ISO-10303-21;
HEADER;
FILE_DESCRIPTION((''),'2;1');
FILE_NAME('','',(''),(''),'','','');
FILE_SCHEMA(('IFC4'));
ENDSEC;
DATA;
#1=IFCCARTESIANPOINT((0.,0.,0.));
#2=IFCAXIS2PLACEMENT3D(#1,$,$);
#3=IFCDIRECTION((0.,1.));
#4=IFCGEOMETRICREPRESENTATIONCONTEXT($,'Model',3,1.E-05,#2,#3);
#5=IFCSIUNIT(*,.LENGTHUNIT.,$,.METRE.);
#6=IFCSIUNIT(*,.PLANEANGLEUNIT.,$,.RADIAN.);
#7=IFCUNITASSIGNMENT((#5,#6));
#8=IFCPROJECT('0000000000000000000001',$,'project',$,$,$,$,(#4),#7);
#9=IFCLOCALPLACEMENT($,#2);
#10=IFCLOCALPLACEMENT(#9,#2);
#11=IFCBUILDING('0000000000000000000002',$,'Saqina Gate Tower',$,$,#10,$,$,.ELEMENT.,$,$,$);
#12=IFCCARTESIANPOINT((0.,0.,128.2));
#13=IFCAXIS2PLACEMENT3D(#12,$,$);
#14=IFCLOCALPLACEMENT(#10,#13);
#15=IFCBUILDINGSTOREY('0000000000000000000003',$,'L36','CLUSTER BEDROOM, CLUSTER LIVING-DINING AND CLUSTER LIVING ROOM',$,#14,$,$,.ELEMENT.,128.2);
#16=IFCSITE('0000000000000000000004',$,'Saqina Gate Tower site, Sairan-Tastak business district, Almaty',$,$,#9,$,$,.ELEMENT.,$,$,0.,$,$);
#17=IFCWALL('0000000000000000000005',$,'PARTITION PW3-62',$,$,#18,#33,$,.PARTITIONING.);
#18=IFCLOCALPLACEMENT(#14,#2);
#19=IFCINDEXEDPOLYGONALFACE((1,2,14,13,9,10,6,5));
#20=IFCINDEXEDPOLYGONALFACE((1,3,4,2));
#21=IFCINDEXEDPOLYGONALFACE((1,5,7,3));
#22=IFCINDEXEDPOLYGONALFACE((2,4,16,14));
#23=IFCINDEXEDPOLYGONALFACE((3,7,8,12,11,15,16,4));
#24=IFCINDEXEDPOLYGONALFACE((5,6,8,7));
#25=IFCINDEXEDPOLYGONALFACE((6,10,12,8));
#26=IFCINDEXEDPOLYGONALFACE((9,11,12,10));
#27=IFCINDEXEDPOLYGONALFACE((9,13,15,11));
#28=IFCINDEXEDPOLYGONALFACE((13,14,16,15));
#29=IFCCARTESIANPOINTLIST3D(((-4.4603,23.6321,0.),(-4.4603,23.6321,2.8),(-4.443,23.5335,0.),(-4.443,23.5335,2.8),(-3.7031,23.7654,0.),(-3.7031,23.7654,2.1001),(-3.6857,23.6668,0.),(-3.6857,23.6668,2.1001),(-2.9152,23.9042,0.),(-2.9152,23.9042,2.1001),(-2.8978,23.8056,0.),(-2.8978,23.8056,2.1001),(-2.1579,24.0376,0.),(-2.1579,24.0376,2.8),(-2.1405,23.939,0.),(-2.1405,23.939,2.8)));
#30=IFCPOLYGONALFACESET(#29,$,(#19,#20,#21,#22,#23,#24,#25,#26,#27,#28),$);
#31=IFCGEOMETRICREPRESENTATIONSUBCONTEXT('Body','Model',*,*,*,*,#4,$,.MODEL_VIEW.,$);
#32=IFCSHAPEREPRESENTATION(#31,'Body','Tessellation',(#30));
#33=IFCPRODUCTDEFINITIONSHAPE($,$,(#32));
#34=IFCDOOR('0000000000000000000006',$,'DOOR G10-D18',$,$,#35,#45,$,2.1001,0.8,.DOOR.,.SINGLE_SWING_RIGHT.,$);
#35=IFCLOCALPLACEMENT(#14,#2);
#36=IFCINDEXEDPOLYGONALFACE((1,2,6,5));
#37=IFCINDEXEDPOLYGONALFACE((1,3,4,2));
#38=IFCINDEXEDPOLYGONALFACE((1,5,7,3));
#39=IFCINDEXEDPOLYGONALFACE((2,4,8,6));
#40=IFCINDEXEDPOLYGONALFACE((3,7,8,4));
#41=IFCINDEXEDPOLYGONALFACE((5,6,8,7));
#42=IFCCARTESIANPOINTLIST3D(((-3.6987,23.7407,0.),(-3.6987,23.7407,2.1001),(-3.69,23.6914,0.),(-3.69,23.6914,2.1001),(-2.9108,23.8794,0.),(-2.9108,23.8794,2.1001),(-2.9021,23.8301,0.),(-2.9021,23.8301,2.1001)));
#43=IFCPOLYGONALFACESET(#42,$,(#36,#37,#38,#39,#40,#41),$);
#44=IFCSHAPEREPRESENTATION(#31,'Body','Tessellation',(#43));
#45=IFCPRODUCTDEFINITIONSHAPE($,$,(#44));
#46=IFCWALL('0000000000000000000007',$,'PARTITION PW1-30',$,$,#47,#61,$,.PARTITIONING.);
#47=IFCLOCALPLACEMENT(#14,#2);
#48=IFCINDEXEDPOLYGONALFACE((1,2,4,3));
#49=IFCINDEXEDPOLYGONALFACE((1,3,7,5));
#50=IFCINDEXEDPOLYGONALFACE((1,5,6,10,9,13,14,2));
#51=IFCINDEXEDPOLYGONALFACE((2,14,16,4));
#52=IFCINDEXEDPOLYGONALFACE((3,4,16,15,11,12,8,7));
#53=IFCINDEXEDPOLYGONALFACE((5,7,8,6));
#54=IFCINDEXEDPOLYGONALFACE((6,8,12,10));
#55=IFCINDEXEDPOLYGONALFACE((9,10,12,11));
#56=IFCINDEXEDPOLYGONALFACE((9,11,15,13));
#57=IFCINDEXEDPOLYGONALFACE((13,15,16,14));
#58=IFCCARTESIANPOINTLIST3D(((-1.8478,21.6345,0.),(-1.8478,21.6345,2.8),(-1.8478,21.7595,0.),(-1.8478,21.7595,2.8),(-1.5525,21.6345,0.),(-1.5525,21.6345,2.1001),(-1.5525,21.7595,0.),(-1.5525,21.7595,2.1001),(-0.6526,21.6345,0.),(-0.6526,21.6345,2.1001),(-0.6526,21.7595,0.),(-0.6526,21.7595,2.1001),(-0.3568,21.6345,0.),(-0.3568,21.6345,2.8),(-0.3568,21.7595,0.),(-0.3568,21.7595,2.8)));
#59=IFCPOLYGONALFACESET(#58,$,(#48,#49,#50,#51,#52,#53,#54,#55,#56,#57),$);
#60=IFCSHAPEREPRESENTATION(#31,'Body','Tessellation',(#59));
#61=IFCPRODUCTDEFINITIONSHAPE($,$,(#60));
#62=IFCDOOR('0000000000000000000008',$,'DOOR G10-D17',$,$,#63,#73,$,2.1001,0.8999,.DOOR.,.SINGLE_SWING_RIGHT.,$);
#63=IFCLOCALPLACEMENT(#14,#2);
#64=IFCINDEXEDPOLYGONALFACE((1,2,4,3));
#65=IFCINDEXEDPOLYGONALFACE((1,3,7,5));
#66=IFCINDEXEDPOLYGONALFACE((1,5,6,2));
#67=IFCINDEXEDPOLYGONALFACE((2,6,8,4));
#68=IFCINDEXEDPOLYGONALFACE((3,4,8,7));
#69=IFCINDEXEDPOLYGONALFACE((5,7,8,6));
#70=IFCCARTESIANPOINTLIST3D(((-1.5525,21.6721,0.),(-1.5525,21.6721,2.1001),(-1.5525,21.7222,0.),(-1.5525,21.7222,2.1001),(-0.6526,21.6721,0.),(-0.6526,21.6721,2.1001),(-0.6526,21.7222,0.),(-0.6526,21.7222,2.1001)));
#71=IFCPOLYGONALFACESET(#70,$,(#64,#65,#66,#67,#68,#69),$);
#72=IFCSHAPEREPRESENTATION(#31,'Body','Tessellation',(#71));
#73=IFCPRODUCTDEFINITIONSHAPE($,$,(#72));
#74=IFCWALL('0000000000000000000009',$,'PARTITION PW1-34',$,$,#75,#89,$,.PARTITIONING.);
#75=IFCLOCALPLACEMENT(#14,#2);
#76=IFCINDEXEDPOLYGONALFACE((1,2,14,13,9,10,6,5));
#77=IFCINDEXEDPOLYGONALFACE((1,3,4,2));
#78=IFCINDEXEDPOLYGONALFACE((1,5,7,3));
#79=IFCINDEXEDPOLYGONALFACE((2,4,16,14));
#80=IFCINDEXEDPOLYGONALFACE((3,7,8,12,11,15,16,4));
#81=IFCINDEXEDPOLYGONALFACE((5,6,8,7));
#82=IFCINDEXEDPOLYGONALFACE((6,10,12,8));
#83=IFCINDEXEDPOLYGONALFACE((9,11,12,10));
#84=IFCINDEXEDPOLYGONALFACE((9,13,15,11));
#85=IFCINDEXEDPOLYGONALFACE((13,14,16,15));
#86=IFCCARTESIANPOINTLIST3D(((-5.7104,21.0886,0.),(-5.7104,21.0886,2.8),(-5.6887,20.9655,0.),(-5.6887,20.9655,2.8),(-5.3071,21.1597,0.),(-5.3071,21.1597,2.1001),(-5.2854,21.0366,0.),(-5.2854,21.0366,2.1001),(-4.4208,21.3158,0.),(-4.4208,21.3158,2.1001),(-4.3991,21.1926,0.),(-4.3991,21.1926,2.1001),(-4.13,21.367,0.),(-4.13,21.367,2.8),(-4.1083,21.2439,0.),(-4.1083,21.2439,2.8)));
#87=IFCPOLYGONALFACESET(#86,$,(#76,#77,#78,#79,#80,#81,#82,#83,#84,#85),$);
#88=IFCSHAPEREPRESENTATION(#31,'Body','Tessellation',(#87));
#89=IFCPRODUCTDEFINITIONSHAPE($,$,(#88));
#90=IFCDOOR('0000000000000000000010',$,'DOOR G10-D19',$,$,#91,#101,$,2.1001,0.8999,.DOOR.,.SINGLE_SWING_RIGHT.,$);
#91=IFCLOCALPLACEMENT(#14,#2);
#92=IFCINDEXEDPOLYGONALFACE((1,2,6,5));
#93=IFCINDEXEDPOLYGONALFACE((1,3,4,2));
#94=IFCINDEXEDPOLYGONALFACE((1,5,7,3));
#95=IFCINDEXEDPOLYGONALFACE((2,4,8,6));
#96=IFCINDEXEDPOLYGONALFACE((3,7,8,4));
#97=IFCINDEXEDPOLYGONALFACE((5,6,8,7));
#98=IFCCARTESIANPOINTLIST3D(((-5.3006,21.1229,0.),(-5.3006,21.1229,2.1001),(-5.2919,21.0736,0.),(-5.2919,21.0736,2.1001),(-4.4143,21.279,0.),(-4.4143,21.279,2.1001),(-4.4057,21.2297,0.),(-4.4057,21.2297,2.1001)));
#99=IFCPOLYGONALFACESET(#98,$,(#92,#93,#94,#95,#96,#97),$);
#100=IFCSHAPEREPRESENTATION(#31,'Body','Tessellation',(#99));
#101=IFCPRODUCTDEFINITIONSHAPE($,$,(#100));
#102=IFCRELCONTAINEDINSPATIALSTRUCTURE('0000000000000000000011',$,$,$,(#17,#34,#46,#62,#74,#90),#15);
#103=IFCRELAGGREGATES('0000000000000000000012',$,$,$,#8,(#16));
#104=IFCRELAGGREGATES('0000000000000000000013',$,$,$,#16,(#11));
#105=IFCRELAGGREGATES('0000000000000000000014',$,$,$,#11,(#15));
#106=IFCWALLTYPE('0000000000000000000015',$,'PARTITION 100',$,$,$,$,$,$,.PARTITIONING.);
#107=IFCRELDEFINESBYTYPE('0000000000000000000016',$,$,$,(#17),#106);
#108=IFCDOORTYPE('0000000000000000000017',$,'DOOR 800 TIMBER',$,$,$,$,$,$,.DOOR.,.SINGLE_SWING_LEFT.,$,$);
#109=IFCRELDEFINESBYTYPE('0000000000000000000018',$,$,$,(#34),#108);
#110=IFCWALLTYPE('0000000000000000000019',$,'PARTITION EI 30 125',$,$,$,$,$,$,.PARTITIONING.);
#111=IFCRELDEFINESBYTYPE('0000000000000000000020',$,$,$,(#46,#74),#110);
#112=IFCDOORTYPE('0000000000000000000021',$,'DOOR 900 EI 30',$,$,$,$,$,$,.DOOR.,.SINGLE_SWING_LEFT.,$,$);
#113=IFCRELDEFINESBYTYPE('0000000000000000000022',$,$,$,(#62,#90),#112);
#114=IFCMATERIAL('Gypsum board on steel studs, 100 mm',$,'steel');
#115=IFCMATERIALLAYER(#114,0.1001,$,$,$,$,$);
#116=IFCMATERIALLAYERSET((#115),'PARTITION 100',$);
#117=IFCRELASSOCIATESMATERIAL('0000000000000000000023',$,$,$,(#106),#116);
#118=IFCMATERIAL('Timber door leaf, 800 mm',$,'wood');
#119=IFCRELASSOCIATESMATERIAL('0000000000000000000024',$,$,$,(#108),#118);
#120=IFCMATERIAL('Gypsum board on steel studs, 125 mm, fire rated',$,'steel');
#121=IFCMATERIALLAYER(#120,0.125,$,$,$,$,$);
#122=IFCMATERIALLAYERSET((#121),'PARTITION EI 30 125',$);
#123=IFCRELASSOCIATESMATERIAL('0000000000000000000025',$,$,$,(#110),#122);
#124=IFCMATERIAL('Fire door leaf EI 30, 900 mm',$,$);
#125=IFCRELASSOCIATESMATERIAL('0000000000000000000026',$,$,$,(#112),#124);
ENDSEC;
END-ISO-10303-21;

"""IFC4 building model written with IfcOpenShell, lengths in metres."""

from ifc_helpers import new_model, si_unit, direction, frame, frame_2d, origin, place, context, subcontext, project, spatial, rectangle, extrude, material, layer, layer_set, type_object, element, fill, save


model = new_model("IFC4")

# Units and contexts
model_context = context("Model", 3, precision=1e-05, world=origin(), true_north=direction((0.0, 1.0)))
body_context = subcontext(model_context, "Body", "Model", "MODEL_VIEW")
ifc_project = project(units=[si_unit("LENGTHUNIT", "METRE"), si_unit("PLANEANGLEUNIT", "RADIAN")], contexts=[model_context])

# Site, building, storey
site_placement = place(None, origin())
site = spatial("IfcSite", under=ifc_project, at=site_placement, Name="Saqina Gate Tower site, Sairan-Tastak business district, Almaty", CompositionType="ELEMENT", RefElevation=0.0)
building_placement = place(site_placement, origin())
building = spatial("IfcBuilding", under=site, at=building_placement, Name="Saqina Gate Tower", CompositionType="ELEMENT")
storey_placement = place(building_placement, frame((0.0, 0.0, 128.2)))
storey = spatial("IfcBuildingStorey", under=building, at=storey_placement, Name="L36", Description="CLUSTER BEDROOM, CLUSTER LIVING-DINING AND CLUSTER LIVING ROOM", CompositionType="ELEMENT", Elevation=128.2)

# Shared definitions
ifc_material_1 = material(Name="Gypsum board on steel studs, 100 mm", Category="steel")
ifc_layer_1 = layer(ifc_material_1, 0.1001)
ifc_layer_set_1 = layer_set([ifc_layer_1], Name="PARTITION 100")
wall_type_1 = type_object("IfcWallType", Name="PARTITION 100", PredefinedType="PARTITIONING", material=ifc_layer_set_1)

# Shared definitions
ifc_material_2 = material(Name="Timber door leaf, 800 mm", Category="wood")
door_type_1 = type_object("IfcDoorType", Name="DOOR 800 TIMBER", OperationType="SINGLE_SWING_LEFT", PredefinedType="DOOR", material=ifc_material_2)

# Walls, openings, doors
wall_1_placement = place(storey_placement, frame((-4.4517, 23.5828, 0.0), z_axis=(0.0, 0.0, 1.0), x_axis=(0.984842, 0.173452, 0.0)))
wall_1 = element("IfcWall", 1, at=wall_1_placement, inside=storey, type_object=wall_type_1, Name="PARTITION PW3-62", PredefinedType="PARTITIONING", context=body_context, shape_type="SweptSolid", body=[
    extrude(rectangle(XDim=2.3379, YDim=0.1001, at=frame_2d((1.1689, 0.0))), origin(), (0.0, 0.0, 1.0), 2.8),
])
opening_1_placement = place(wall_1_placement, frame((0.769, 0.0, 0.0)))
opening_1 = element("IfcOpeningElement", 2, at=opening_1_placement, cuts=wall_1, PredefinedType="OPENING", context=body_context, shape_type="SweptSolid", body=[
    extrude(rectangle(XDim=0.8, YDim=2.1001, at=frame_2d((0.3999, 1.05))), frame((0.0, 0.062, 0.0), z_axis=(0.0, -1.0, 0.0), x_axis=(1.0, 0.0, 0.0)), (0.0, 0.0, 1.0), 0.124),
])
door_1_placement = place(opening_1_placement, origin())
door_1 = element("IfcDoor", 3, at=door_1_placement, inside=storey, type_object=door_type_1, Name="DOOR G10-D18", OperationType="SINGLE_SWING_RIGHT", OverallHeight=2.1001, OverallWidth=0.8, PredefinedType="DOOR", context=body_context, shape_type="SweptSolid", body=[
    extrude(rectangle(XDim=0.8, YDim=2.1001, at=frame_2d((0.3999, 1.05))), frame((0.0, 0.0249, 0.0), z_axis=(0.0, -1.0, 0.0), x_axis=(1.0, 0.0, 0.0)), (0.0, 0.0, 1.0), 0.05),
])
fill(opening_1, door_1)
ifc_material_3 = material(Name="Gypsum board on steel studs, 125 mm, fire rated", Category="steel")
ifc_layer_2 = layer(ifc_material_3, 0.125)
ifc_layer_set_2 = layer_set([ifc_layer_2], Name="PARTITION EI 30 125")
wall_type_2 = type_object("IfcWallType", Name="PARTITION EI 30 125", PredefinedType="PARTITIONING", material=ifc_layer_set_2)
wall_2_placement = place(storey_placement, frame((-1.8479, 21.697, 0.0), z_axis=(0.0, 0.0, 1.0), x_axis=(1.0, 0.0, 0.0)))
wall_2 = element("IfcWall", 4, at=wall_2_placement, inside=storey, type_object=wall_type_2, Name="PARTITION PW1-30", PredefinedType="PARTITIONING", context=body_context, shape_type="SweptSolid", body=[
    extrude(rectangle(XDim=1.491, YDim=0.125, at=frame_2d((0.7456, 0.0))), origin(), (0.0, 0.0, 1.0), 2.8),
])
opening_2_placement = place(wall_2_placement, frame((0.2954, 0.0, 0.0)))
opening_2 = element("IfcOpeningElement", 5, at=opening_2_placement, cuts=wall_2, PredefinedType="OPENING", context=body_context, shape_type="SweptSolid", body=[
    extrude(rectangle(XDim=0.8999, YDim=2.1001, at=frame_2d((0.45, 1.05))), frame((0.0, 0.0745, 0.0), z_axis=(0.0, -1.0, 0.0), x_axis=(1.0, 0.0, 0.0)), (0.0, 0.0, 1.0), 0.1489),
])
ifc_material_4 = material(Name="Fire door leaf EI 30, 900 mm")
door_type_2 = type_object("IfcDoorType", Name="DOOR 900 EI 30", OperationType="SINGLE_SWING_LEFT", PredefinedType="DOOR", material=ifc_material_4)
door_2_placement = place(opening_2_placement, frame((0.8999, 0.0, 0.0), z_axis=(0.0, 0.0, 1.0), x_axis=(-1.0, 0.0, 0.0)))
door_2 = element("IfcDoor", 6, at=door_2_placement, inside=storey, type_object=door_type_2, Name="DOOR G10-D17", OperationType="SINGLE_SWING_RIGHT", OverallHeight=2.1001, OverallWidth=0.8999, PredefinedType="DOOR", context=body_context, shape_type="SweptSolid", body=[
    extrude(rectangle(XDim=0.8999, YDim=2.1001, at=frame_2d((0.45, 1.05))), frame((0.0, 0.0249, 0.0), z_axis=(0.0, -1.0, 0.0), x_axis=(1.0, 0.0, 0.0)), (0.0, 0.0, 1.0), 0.05),
])
fill(opening_2, door_2)
wall_3_placement = place(storey_placement, frame((-5.6995, 21.0271, 0.0), z_axis=(0.0, 0.0, 1.0), x_axis=(0.984843, 0.173447, 0.0)))
wall_3 = element("IfcWall", 7, at=wall_3_placement, inside=storey, type_object=wall_type_2, Name="PARTITION PW1-34", PredefinedType="PARTITIONING", context=body_context, shape_type="SweptSolid", body=[
    extrude(rectangle(XDim=1.6047, YDim=0.125, at=frame_2d((0.8022, 0.0))), origin(), (0.0, 0.0, 1.0), 2.8),
])
opening_3_placement = place(wall_3_placement, frame((0.4094, 0.0, 0.0)))
opening_3 = element("IfcOpeningElement", 8, at=opening_3_placement, cuts=wall_3, PredefinedType="OPENING", context=body_context, shape_type="SweptSolid", body=[
    extrude(rectangle(XDim=0.8999, YDim=2.1001, at=frame_2d((0.45, 1.05))), frame((0.0, 0.0745, 0.0), z_axis=(0.0, -1.0, 0.0), x_axis=(1.0, 0.0, 0.0)), (0.0, 0.0, 1.0), 0.1489),
])
door_3_placement = place(opening_3_placement, frame((0.8999, 0.0, 0.0), z_axis=(0.0, 0.0, 1.0), x_axis=(-1.0, 0.0, 0.0)))
door_3 = element("IfcDoor", 9, at=door_3_placement, inside=storey, type_object=door_type_2, Name="DOOR G10-D19", OperationType="SINGLE_SWING_RIGHT", OverallHeight=2.1001, OverallWidth=0.8999, PredefinedType="DOOR", context=body_context, shape_type="SweptSolid", body=[
    extrude(rectangle(XDim=0.8999, YDim=2.1001, at=frame_2d((0.45, 1.05))), frame((0.0, 0.0249, 0.0), z_axis=(0.0, -1.0, 0.0), x_axis=(1.0, 0.0, 0.0)), (0.0, 0.0, 1.0), 0.05),
])
fill(opening_3, door_3)

save(model, "model.ifc")
